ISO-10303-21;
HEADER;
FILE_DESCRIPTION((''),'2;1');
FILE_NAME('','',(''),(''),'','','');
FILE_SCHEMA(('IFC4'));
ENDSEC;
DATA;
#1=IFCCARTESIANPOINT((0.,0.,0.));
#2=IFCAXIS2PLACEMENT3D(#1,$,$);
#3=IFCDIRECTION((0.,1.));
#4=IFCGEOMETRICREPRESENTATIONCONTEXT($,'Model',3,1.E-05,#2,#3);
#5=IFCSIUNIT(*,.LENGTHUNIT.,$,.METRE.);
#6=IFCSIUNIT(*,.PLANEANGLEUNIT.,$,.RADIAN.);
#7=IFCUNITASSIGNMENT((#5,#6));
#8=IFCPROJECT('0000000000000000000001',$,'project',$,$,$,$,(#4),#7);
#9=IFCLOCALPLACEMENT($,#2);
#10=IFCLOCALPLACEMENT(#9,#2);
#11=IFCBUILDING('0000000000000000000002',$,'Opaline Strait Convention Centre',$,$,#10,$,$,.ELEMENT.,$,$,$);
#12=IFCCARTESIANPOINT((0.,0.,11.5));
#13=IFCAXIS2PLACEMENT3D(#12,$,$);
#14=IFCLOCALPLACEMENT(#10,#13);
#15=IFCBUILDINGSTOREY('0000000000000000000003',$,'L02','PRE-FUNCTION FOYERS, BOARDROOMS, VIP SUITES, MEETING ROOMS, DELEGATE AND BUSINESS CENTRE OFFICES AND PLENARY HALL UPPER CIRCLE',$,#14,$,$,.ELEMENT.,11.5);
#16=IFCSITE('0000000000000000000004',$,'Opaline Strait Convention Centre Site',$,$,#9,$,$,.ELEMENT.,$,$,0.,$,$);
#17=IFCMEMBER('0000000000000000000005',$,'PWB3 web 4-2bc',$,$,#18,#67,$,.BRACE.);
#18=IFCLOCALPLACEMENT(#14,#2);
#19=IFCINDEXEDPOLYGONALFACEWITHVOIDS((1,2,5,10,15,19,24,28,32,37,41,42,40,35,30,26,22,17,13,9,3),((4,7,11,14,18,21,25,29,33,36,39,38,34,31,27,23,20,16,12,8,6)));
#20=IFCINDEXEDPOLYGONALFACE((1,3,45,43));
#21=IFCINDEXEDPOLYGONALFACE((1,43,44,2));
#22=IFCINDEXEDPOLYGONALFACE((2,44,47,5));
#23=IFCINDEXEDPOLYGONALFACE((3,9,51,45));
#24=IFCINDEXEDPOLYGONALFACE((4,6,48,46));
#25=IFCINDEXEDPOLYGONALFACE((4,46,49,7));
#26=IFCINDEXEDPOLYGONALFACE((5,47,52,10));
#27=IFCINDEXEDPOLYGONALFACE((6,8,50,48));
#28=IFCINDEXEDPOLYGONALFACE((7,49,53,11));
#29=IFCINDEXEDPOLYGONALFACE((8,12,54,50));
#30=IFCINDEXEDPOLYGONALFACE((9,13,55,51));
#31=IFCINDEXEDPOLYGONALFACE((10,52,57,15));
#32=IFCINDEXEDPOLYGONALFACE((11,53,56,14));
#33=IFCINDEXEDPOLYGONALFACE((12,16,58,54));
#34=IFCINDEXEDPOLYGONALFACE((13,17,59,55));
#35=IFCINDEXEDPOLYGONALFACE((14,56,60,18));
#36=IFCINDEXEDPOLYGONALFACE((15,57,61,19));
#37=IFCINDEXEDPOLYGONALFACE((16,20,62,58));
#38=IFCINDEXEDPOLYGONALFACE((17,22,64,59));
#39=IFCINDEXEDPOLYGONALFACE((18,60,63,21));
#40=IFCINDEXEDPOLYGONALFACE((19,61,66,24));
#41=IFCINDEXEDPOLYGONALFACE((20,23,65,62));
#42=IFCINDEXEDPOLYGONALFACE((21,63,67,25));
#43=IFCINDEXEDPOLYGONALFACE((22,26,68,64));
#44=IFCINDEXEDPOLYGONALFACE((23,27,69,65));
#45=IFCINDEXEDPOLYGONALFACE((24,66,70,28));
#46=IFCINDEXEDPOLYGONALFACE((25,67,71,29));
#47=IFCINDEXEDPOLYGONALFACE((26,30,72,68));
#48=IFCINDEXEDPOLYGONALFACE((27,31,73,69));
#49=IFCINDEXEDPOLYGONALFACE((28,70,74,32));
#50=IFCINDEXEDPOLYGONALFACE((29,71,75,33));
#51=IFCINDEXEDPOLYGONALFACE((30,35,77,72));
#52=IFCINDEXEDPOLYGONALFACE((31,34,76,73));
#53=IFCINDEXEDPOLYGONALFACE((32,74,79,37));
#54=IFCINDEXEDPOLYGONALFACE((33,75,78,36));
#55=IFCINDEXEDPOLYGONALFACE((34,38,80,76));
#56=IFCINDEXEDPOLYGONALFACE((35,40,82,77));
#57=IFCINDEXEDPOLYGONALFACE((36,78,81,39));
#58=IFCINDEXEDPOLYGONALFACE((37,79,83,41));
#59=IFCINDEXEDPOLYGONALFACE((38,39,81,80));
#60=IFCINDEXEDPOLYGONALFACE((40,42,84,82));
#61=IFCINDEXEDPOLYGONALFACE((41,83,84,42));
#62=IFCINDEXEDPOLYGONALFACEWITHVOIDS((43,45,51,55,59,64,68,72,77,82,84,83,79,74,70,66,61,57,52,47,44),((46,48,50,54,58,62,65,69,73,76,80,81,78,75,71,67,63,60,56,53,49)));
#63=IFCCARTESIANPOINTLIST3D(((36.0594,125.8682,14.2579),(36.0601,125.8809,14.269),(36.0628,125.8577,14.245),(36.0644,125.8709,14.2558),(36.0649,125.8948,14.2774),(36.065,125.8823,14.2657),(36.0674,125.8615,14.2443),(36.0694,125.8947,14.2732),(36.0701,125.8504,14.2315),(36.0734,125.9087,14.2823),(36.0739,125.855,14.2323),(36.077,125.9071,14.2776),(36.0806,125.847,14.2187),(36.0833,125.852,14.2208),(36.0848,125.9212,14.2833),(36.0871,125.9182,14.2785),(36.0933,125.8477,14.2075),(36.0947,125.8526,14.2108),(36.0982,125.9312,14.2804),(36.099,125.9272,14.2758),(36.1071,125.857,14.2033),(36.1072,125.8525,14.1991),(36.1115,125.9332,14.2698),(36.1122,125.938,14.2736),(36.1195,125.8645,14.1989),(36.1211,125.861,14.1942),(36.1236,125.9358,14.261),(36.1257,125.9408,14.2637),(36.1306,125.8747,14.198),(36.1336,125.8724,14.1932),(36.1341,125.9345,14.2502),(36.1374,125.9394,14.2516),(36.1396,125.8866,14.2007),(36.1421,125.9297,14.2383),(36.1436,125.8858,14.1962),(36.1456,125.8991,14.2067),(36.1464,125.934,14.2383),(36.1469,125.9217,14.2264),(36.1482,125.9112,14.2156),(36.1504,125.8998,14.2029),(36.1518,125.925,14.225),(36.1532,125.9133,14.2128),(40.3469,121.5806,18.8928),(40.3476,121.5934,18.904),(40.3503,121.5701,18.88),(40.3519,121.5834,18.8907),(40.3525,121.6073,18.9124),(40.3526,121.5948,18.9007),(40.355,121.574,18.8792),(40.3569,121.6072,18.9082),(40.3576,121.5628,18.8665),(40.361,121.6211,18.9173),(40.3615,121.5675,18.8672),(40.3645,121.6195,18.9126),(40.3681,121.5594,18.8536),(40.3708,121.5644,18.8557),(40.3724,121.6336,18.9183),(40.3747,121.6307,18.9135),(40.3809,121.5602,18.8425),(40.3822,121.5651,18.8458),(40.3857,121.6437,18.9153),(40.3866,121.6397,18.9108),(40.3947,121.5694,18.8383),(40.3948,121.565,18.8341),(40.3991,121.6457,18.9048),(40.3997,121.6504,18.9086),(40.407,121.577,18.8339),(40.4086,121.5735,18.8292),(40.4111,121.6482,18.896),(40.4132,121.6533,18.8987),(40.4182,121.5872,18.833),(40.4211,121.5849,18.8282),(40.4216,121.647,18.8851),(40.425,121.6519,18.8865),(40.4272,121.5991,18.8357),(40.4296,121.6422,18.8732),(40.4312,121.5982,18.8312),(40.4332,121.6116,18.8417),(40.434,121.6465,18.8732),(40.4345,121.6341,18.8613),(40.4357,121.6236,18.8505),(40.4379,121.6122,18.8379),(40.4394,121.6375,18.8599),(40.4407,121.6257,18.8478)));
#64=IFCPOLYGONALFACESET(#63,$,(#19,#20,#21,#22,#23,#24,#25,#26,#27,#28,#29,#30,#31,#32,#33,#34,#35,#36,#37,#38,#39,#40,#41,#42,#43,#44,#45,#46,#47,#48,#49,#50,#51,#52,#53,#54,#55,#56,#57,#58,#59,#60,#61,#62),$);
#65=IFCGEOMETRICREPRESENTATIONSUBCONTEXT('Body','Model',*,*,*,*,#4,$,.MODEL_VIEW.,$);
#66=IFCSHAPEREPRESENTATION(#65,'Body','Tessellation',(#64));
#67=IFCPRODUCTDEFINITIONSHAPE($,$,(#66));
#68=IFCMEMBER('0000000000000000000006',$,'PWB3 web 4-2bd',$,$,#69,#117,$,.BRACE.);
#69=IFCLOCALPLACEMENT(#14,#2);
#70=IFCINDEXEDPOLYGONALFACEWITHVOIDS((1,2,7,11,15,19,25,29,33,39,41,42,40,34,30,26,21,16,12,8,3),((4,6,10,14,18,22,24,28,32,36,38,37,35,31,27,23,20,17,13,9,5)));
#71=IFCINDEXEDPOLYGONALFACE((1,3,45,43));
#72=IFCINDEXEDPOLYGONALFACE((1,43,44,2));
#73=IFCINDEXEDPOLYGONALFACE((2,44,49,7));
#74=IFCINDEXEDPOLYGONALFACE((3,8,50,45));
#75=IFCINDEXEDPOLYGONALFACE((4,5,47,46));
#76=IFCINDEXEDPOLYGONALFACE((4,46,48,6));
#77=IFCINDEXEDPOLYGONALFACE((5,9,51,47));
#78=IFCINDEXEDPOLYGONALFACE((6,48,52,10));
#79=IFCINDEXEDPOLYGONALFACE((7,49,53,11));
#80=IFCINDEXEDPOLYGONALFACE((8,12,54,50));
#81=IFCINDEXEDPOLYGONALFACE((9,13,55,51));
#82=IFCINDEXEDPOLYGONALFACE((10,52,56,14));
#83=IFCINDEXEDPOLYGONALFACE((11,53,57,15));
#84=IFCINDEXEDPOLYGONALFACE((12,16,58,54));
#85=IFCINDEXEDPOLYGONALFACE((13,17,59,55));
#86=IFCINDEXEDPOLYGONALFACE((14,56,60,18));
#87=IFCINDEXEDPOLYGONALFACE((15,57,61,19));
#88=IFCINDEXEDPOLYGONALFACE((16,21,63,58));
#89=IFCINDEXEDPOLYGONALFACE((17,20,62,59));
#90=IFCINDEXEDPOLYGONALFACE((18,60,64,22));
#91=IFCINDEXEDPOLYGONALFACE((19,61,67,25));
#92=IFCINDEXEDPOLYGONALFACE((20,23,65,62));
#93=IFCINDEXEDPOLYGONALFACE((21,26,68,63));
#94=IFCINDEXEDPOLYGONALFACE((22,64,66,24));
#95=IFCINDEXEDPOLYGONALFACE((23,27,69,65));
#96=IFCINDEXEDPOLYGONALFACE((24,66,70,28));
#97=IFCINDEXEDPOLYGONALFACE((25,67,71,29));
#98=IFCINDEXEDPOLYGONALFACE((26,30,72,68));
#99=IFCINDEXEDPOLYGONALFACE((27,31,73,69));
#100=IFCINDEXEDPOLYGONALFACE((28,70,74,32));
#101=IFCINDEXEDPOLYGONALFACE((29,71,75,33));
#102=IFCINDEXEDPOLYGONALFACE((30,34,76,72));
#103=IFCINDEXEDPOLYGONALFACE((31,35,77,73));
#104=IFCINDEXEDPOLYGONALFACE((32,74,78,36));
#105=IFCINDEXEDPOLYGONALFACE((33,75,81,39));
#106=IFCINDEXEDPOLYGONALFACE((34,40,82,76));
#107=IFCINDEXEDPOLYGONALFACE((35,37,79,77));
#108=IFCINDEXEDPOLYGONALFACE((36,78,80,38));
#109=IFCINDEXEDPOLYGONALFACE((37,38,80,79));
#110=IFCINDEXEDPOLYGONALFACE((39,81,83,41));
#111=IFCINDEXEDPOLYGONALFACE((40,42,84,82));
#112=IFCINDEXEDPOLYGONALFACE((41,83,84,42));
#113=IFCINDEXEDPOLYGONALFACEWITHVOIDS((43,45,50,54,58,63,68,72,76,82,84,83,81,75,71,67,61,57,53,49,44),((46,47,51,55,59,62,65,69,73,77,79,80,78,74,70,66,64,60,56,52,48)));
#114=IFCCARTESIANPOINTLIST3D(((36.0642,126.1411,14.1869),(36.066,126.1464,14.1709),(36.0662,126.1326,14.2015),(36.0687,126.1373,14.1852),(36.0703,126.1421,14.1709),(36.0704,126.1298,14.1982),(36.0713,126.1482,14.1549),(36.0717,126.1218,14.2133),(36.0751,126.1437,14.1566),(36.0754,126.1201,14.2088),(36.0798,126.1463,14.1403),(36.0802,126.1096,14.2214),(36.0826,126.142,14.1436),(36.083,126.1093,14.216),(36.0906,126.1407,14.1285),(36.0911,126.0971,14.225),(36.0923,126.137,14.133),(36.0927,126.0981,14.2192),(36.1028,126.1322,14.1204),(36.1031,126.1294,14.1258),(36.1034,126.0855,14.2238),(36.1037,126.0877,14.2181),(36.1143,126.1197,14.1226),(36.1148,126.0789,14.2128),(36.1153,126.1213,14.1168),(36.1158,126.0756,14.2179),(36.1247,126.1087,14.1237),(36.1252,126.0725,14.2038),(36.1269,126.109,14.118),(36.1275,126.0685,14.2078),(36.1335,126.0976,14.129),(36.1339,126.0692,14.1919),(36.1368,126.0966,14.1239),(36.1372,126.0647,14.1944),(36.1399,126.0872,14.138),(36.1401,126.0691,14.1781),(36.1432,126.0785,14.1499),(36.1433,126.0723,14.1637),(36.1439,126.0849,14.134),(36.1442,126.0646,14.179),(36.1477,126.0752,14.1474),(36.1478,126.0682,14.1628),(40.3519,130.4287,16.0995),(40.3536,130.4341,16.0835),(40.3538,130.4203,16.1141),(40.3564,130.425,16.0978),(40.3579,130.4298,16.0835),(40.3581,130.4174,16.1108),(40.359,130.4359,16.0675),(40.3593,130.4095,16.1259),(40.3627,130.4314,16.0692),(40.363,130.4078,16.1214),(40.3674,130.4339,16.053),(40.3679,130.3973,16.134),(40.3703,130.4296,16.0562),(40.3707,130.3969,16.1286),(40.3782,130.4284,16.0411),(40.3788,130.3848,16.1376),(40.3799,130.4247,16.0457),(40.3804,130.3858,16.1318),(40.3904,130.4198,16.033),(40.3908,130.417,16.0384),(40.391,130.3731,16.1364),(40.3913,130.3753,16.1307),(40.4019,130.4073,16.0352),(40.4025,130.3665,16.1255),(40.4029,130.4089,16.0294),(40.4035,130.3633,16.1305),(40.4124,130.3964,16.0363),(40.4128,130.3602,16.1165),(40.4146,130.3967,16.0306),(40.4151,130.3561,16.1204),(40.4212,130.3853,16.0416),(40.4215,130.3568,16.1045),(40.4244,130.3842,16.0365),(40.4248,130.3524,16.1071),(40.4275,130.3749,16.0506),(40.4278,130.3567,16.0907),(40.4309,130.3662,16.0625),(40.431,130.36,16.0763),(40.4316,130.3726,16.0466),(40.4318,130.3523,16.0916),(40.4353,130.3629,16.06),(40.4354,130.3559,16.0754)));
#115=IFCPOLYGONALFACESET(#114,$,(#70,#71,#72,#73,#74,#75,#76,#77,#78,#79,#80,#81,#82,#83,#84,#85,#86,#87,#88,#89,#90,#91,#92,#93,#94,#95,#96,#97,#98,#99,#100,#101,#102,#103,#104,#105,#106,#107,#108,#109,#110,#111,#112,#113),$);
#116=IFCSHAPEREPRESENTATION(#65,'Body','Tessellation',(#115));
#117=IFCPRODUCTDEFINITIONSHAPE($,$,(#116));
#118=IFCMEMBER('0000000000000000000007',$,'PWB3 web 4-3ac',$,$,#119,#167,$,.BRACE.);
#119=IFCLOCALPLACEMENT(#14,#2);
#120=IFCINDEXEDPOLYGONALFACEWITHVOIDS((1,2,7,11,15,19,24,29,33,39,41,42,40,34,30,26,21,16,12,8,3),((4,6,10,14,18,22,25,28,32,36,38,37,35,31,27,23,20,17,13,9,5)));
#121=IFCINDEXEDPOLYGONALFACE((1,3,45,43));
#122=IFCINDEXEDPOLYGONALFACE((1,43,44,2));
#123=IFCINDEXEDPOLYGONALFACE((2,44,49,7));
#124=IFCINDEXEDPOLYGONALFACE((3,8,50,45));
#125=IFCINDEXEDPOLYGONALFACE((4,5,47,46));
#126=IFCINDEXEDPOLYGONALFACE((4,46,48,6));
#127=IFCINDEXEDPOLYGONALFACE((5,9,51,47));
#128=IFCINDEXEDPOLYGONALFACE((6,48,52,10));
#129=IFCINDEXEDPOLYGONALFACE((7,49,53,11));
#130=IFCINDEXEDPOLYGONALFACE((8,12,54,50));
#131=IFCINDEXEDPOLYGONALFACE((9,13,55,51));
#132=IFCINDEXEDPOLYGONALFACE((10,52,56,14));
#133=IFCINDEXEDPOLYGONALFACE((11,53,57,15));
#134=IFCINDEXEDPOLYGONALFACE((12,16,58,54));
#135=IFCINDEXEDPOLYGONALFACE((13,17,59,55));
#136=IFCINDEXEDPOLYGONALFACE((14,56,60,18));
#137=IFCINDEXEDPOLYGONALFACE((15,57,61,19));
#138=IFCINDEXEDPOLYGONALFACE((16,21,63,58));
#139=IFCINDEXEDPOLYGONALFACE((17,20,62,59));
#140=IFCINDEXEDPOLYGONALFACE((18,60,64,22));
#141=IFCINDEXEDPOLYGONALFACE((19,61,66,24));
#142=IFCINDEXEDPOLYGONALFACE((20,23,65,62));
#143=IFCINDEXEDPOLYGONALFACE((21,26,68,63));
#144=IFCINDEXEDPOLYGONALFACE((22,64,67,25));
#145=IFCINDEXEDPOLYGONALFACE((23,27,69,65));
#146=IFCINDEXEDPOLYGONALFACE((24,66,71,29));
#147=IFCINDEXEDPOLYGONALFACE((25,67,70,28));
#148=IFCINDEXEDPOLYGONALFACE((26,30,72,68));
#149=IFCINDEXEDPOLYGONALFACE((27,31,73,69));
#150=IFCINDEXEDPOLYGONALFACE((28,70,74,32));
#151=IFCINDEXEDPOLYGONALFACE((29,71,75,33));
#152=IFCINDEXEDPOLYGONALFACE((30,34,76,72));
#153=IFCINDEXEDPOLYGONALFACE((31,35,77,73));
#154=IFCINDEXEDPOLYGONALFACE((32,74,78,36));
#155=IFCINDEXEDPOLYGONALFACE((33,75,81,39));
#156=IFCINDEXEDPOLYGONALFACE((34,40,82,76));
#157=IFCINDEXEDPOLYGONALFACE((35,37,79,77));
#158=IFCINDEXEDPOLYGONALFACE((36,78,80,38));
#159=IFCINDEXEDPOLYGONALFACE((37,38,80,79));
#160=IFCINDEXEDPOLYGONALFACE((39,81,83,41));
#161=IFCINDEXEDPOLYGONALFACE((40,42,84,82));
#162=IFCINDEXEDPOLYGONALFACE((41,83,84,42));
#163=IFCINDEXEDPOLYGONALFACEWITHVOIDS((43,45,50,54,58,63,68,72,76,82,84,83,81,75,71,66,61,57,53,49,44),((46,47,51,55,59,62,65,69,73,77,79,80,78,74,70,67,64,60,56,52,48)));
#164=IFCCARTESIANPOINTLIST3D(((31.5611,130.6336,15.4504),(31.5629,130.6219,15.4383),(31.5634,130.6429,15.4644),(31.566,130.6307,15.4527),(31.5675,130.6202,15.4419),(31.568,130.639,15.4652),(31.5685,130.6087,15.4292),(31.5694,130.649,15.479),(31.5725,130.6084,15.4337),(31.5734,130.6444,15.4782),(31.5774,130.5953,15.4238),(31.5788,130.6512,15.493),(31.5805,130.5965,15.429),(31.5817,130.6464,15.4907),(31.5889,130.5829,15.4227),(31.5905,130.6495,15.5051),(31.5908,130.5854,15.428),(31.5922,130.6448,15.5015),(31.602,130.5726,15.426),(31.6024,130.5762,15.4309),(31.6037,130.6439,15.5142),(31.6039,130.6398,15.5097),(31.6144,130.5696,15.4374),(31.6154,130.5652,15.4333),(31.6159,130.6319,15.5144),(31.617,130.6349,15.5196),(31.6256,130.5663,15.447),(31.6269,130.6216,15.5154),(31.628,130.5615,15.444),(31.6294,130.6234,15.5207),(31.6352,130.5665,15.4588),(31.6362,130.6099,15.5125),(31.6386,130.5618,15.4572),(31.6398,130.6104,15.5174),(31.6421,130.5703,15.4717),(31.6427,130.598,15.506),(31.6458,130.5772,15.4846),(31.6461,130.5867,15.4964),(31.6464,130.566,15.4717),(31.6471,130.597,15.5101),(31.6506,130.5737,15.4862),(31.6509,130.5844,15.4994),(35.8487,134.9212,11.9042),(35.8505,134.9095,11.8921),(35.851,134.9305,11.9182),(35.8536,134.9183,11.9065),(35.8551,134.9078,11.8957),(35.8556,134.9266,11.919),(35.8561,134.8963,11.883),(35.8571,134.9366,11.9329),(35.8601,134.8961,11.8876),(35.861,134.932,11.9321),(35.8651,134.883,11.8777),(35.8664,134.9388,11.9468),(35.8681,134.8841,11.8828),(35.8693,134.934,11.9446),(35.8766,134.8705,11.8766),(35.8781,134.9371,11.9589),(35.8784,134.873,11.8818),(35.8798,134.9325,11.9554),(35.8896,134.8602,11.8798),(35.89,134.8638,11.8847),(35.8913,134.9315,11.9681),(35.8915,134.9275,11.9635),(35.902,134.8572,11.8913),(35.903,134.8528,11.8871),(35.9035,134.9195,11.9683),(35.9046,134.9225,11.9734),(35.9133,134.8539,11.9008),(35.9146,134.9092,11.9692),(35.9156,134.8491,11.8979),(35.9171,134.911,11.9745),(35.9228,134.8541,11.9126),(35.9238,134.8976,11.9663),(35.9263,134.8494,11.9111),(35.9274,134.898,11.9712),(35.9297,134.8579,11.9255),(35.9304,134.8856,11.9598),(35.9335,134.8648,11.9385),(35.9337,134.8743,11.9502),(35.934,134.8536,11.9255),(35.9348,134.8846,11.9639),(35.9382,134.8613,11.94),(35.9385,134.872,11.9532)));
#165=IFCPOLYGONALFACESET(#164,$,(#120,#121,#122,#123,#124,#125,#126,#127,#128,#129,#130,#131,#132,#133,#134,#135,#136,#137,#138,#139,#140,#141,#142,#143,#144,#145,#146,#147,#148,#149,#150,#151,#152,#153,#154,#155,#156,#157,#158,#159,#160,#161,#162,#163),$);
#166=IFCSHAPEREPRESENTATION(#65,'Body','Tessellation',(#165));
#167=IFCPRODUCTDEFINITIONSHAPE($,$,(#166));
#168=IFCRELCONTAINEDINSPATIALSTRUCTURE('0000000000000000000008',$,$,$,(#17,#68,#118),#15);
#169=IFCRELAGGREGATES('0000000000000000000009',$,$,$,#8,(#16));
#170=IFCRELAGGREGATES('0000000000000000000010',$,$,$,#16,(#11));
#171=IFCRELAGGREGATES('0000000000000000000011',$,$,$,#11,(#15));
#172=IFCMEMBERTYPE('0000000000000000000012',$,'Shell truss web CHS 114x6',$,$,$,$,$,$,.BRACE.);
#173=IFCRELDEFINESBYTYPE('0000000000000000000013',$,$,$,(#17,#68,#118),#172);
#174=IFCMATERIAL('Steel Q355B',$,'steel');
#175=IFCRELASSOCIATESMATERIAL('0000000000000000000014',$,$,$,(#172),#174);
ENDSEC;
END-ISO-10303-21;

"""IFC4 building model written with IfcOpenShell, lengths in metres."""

from ifc_helpers import new_model, si_unit, direction, frame, origin, origin_2d, place, context, subcontext, project, spatial, hollow_circle, extrude, material, material_profile, profile_set, type_object, element, save


model = new_model("IFC4")

# Units and contexts
model_context = context("Model", 3, precision=1e-05, world=origin(), true_north=direction((0.0, 1.0)))
body_context = subcontext(model_context, "Body", "Model", "MODEL_VIEW")
ifc_project = project(units=[si_unit("LENGTHUNIT", "METRE"), si_unit("PLANEANGLEUNIT", "RADIAN")], contexts=[model_context])

# Site, building, storey
site_placement = place(None, origin())
site = spatial("IfcSite", under=ifc_project, at=site_placement, Name="Opaline Strait Convention Centre Site", CompositionType="ELEMENT", RefElevation=0.0)
building_placement = place(site_placement, origin())
building = spatial("IfcBuilding", under=site, at=building_placement, Name="Opaline Strait Convention Centre", CompositionType="ELEMENT")
storey_placement = place(building_placement, frame((0.0, 0.0, 11.5)))
storey = spatial("IfcBuildingStorey", under=building, at=storey_placement, Name="L02", Description="PRE-FUNCTION FOYERS, BOARDROOMS, VIP SUITES, MEETING ROOMS, DELEGATE AND BUSINESS CENTRE OFFICES AND PLENARY HALL UPPER CIRCLE", CompositionType="ELEMENT", Elevation=11.5)

# Members
ifc_material_1 = material(Name="Steel Q355B", Category="steel")
ifc_material_profile_1 = material_profile(ifc_material_1, hollow_circle(Radius=0.0569, WallThickness=0.0061, at=origin_2d()), Name="CHS 114x6")
ifc_profile_set_1 = profile_set([ifc_material_profile_1], Name="Steel Q355B")
member_type_1 = type_object("IfcMemberType", Name="Shell truss web CHS 114x6", PredefinedType="BRACE", material=ifc_profile_set_1)
member_1_placement = place(storey_placement, frame((36.1062, 125.8938, 14.2383), z_axis=(0.561778, -0.561778, 0.607298), x_axis=(0.707107, 0.707107, 0.0)))
element("IfcMember", 1, at=member_1_placement, inside=storey, type_object=member_type_1, Name="PWB3 web 4-2bc", PredefinedType="BRACE", context=body_context, shape_type="SweptSolid", body=[
    extrude(hollow_circle(Radius=0.0569, WallThickness=0.0061, at=origin_2d()), origin(), (0.0, 0.0, 1.0), 7.6321),
])
member_2_placement = place(storey_placement, frame((36.1062, 126.1062, 14.1709), z_axis=(0.674356, 0.674356, 0.300814), x_axis=(-0.707107, 0.707107, 0.0)))
element("IfcMember", 2, at=member_2_placement, inside=storey, type_object=member_type_1, Name="PWB3 web 4-2bd", PredefinedType="BRACE", context=body_context, shape_type="SweptSolid", body=[
    extrude(hollow_circle(Radius=0.0569, WallThickness=0.0061, at=origin_2d()), origin(), (0.0, 0.0, 1.0), 6.3582),
])
member_3_placement = place(storey_placement, frame((35.8938, 134.8938, 11.9255), z_axis=(-0.610387, -0.610387, 0.504833), x_axis=(0.707107, -0.707107, 0.0)))
element("IfcMember", 3, at=member_3_placement, inside=storey, type_object=member_type_1, Name="PWB3 web 4-3ac", PredefinedType="BRACE", context=body_context, shape_type="SweptSolid", body=[
    extrude(hollow_circle(Radius=0.0569, WallThickness=0.0061, at=origin_2d()), origin(), (0.0, 0.0, 1.0), 7.0244),
])

save(model, "model.ifc")
